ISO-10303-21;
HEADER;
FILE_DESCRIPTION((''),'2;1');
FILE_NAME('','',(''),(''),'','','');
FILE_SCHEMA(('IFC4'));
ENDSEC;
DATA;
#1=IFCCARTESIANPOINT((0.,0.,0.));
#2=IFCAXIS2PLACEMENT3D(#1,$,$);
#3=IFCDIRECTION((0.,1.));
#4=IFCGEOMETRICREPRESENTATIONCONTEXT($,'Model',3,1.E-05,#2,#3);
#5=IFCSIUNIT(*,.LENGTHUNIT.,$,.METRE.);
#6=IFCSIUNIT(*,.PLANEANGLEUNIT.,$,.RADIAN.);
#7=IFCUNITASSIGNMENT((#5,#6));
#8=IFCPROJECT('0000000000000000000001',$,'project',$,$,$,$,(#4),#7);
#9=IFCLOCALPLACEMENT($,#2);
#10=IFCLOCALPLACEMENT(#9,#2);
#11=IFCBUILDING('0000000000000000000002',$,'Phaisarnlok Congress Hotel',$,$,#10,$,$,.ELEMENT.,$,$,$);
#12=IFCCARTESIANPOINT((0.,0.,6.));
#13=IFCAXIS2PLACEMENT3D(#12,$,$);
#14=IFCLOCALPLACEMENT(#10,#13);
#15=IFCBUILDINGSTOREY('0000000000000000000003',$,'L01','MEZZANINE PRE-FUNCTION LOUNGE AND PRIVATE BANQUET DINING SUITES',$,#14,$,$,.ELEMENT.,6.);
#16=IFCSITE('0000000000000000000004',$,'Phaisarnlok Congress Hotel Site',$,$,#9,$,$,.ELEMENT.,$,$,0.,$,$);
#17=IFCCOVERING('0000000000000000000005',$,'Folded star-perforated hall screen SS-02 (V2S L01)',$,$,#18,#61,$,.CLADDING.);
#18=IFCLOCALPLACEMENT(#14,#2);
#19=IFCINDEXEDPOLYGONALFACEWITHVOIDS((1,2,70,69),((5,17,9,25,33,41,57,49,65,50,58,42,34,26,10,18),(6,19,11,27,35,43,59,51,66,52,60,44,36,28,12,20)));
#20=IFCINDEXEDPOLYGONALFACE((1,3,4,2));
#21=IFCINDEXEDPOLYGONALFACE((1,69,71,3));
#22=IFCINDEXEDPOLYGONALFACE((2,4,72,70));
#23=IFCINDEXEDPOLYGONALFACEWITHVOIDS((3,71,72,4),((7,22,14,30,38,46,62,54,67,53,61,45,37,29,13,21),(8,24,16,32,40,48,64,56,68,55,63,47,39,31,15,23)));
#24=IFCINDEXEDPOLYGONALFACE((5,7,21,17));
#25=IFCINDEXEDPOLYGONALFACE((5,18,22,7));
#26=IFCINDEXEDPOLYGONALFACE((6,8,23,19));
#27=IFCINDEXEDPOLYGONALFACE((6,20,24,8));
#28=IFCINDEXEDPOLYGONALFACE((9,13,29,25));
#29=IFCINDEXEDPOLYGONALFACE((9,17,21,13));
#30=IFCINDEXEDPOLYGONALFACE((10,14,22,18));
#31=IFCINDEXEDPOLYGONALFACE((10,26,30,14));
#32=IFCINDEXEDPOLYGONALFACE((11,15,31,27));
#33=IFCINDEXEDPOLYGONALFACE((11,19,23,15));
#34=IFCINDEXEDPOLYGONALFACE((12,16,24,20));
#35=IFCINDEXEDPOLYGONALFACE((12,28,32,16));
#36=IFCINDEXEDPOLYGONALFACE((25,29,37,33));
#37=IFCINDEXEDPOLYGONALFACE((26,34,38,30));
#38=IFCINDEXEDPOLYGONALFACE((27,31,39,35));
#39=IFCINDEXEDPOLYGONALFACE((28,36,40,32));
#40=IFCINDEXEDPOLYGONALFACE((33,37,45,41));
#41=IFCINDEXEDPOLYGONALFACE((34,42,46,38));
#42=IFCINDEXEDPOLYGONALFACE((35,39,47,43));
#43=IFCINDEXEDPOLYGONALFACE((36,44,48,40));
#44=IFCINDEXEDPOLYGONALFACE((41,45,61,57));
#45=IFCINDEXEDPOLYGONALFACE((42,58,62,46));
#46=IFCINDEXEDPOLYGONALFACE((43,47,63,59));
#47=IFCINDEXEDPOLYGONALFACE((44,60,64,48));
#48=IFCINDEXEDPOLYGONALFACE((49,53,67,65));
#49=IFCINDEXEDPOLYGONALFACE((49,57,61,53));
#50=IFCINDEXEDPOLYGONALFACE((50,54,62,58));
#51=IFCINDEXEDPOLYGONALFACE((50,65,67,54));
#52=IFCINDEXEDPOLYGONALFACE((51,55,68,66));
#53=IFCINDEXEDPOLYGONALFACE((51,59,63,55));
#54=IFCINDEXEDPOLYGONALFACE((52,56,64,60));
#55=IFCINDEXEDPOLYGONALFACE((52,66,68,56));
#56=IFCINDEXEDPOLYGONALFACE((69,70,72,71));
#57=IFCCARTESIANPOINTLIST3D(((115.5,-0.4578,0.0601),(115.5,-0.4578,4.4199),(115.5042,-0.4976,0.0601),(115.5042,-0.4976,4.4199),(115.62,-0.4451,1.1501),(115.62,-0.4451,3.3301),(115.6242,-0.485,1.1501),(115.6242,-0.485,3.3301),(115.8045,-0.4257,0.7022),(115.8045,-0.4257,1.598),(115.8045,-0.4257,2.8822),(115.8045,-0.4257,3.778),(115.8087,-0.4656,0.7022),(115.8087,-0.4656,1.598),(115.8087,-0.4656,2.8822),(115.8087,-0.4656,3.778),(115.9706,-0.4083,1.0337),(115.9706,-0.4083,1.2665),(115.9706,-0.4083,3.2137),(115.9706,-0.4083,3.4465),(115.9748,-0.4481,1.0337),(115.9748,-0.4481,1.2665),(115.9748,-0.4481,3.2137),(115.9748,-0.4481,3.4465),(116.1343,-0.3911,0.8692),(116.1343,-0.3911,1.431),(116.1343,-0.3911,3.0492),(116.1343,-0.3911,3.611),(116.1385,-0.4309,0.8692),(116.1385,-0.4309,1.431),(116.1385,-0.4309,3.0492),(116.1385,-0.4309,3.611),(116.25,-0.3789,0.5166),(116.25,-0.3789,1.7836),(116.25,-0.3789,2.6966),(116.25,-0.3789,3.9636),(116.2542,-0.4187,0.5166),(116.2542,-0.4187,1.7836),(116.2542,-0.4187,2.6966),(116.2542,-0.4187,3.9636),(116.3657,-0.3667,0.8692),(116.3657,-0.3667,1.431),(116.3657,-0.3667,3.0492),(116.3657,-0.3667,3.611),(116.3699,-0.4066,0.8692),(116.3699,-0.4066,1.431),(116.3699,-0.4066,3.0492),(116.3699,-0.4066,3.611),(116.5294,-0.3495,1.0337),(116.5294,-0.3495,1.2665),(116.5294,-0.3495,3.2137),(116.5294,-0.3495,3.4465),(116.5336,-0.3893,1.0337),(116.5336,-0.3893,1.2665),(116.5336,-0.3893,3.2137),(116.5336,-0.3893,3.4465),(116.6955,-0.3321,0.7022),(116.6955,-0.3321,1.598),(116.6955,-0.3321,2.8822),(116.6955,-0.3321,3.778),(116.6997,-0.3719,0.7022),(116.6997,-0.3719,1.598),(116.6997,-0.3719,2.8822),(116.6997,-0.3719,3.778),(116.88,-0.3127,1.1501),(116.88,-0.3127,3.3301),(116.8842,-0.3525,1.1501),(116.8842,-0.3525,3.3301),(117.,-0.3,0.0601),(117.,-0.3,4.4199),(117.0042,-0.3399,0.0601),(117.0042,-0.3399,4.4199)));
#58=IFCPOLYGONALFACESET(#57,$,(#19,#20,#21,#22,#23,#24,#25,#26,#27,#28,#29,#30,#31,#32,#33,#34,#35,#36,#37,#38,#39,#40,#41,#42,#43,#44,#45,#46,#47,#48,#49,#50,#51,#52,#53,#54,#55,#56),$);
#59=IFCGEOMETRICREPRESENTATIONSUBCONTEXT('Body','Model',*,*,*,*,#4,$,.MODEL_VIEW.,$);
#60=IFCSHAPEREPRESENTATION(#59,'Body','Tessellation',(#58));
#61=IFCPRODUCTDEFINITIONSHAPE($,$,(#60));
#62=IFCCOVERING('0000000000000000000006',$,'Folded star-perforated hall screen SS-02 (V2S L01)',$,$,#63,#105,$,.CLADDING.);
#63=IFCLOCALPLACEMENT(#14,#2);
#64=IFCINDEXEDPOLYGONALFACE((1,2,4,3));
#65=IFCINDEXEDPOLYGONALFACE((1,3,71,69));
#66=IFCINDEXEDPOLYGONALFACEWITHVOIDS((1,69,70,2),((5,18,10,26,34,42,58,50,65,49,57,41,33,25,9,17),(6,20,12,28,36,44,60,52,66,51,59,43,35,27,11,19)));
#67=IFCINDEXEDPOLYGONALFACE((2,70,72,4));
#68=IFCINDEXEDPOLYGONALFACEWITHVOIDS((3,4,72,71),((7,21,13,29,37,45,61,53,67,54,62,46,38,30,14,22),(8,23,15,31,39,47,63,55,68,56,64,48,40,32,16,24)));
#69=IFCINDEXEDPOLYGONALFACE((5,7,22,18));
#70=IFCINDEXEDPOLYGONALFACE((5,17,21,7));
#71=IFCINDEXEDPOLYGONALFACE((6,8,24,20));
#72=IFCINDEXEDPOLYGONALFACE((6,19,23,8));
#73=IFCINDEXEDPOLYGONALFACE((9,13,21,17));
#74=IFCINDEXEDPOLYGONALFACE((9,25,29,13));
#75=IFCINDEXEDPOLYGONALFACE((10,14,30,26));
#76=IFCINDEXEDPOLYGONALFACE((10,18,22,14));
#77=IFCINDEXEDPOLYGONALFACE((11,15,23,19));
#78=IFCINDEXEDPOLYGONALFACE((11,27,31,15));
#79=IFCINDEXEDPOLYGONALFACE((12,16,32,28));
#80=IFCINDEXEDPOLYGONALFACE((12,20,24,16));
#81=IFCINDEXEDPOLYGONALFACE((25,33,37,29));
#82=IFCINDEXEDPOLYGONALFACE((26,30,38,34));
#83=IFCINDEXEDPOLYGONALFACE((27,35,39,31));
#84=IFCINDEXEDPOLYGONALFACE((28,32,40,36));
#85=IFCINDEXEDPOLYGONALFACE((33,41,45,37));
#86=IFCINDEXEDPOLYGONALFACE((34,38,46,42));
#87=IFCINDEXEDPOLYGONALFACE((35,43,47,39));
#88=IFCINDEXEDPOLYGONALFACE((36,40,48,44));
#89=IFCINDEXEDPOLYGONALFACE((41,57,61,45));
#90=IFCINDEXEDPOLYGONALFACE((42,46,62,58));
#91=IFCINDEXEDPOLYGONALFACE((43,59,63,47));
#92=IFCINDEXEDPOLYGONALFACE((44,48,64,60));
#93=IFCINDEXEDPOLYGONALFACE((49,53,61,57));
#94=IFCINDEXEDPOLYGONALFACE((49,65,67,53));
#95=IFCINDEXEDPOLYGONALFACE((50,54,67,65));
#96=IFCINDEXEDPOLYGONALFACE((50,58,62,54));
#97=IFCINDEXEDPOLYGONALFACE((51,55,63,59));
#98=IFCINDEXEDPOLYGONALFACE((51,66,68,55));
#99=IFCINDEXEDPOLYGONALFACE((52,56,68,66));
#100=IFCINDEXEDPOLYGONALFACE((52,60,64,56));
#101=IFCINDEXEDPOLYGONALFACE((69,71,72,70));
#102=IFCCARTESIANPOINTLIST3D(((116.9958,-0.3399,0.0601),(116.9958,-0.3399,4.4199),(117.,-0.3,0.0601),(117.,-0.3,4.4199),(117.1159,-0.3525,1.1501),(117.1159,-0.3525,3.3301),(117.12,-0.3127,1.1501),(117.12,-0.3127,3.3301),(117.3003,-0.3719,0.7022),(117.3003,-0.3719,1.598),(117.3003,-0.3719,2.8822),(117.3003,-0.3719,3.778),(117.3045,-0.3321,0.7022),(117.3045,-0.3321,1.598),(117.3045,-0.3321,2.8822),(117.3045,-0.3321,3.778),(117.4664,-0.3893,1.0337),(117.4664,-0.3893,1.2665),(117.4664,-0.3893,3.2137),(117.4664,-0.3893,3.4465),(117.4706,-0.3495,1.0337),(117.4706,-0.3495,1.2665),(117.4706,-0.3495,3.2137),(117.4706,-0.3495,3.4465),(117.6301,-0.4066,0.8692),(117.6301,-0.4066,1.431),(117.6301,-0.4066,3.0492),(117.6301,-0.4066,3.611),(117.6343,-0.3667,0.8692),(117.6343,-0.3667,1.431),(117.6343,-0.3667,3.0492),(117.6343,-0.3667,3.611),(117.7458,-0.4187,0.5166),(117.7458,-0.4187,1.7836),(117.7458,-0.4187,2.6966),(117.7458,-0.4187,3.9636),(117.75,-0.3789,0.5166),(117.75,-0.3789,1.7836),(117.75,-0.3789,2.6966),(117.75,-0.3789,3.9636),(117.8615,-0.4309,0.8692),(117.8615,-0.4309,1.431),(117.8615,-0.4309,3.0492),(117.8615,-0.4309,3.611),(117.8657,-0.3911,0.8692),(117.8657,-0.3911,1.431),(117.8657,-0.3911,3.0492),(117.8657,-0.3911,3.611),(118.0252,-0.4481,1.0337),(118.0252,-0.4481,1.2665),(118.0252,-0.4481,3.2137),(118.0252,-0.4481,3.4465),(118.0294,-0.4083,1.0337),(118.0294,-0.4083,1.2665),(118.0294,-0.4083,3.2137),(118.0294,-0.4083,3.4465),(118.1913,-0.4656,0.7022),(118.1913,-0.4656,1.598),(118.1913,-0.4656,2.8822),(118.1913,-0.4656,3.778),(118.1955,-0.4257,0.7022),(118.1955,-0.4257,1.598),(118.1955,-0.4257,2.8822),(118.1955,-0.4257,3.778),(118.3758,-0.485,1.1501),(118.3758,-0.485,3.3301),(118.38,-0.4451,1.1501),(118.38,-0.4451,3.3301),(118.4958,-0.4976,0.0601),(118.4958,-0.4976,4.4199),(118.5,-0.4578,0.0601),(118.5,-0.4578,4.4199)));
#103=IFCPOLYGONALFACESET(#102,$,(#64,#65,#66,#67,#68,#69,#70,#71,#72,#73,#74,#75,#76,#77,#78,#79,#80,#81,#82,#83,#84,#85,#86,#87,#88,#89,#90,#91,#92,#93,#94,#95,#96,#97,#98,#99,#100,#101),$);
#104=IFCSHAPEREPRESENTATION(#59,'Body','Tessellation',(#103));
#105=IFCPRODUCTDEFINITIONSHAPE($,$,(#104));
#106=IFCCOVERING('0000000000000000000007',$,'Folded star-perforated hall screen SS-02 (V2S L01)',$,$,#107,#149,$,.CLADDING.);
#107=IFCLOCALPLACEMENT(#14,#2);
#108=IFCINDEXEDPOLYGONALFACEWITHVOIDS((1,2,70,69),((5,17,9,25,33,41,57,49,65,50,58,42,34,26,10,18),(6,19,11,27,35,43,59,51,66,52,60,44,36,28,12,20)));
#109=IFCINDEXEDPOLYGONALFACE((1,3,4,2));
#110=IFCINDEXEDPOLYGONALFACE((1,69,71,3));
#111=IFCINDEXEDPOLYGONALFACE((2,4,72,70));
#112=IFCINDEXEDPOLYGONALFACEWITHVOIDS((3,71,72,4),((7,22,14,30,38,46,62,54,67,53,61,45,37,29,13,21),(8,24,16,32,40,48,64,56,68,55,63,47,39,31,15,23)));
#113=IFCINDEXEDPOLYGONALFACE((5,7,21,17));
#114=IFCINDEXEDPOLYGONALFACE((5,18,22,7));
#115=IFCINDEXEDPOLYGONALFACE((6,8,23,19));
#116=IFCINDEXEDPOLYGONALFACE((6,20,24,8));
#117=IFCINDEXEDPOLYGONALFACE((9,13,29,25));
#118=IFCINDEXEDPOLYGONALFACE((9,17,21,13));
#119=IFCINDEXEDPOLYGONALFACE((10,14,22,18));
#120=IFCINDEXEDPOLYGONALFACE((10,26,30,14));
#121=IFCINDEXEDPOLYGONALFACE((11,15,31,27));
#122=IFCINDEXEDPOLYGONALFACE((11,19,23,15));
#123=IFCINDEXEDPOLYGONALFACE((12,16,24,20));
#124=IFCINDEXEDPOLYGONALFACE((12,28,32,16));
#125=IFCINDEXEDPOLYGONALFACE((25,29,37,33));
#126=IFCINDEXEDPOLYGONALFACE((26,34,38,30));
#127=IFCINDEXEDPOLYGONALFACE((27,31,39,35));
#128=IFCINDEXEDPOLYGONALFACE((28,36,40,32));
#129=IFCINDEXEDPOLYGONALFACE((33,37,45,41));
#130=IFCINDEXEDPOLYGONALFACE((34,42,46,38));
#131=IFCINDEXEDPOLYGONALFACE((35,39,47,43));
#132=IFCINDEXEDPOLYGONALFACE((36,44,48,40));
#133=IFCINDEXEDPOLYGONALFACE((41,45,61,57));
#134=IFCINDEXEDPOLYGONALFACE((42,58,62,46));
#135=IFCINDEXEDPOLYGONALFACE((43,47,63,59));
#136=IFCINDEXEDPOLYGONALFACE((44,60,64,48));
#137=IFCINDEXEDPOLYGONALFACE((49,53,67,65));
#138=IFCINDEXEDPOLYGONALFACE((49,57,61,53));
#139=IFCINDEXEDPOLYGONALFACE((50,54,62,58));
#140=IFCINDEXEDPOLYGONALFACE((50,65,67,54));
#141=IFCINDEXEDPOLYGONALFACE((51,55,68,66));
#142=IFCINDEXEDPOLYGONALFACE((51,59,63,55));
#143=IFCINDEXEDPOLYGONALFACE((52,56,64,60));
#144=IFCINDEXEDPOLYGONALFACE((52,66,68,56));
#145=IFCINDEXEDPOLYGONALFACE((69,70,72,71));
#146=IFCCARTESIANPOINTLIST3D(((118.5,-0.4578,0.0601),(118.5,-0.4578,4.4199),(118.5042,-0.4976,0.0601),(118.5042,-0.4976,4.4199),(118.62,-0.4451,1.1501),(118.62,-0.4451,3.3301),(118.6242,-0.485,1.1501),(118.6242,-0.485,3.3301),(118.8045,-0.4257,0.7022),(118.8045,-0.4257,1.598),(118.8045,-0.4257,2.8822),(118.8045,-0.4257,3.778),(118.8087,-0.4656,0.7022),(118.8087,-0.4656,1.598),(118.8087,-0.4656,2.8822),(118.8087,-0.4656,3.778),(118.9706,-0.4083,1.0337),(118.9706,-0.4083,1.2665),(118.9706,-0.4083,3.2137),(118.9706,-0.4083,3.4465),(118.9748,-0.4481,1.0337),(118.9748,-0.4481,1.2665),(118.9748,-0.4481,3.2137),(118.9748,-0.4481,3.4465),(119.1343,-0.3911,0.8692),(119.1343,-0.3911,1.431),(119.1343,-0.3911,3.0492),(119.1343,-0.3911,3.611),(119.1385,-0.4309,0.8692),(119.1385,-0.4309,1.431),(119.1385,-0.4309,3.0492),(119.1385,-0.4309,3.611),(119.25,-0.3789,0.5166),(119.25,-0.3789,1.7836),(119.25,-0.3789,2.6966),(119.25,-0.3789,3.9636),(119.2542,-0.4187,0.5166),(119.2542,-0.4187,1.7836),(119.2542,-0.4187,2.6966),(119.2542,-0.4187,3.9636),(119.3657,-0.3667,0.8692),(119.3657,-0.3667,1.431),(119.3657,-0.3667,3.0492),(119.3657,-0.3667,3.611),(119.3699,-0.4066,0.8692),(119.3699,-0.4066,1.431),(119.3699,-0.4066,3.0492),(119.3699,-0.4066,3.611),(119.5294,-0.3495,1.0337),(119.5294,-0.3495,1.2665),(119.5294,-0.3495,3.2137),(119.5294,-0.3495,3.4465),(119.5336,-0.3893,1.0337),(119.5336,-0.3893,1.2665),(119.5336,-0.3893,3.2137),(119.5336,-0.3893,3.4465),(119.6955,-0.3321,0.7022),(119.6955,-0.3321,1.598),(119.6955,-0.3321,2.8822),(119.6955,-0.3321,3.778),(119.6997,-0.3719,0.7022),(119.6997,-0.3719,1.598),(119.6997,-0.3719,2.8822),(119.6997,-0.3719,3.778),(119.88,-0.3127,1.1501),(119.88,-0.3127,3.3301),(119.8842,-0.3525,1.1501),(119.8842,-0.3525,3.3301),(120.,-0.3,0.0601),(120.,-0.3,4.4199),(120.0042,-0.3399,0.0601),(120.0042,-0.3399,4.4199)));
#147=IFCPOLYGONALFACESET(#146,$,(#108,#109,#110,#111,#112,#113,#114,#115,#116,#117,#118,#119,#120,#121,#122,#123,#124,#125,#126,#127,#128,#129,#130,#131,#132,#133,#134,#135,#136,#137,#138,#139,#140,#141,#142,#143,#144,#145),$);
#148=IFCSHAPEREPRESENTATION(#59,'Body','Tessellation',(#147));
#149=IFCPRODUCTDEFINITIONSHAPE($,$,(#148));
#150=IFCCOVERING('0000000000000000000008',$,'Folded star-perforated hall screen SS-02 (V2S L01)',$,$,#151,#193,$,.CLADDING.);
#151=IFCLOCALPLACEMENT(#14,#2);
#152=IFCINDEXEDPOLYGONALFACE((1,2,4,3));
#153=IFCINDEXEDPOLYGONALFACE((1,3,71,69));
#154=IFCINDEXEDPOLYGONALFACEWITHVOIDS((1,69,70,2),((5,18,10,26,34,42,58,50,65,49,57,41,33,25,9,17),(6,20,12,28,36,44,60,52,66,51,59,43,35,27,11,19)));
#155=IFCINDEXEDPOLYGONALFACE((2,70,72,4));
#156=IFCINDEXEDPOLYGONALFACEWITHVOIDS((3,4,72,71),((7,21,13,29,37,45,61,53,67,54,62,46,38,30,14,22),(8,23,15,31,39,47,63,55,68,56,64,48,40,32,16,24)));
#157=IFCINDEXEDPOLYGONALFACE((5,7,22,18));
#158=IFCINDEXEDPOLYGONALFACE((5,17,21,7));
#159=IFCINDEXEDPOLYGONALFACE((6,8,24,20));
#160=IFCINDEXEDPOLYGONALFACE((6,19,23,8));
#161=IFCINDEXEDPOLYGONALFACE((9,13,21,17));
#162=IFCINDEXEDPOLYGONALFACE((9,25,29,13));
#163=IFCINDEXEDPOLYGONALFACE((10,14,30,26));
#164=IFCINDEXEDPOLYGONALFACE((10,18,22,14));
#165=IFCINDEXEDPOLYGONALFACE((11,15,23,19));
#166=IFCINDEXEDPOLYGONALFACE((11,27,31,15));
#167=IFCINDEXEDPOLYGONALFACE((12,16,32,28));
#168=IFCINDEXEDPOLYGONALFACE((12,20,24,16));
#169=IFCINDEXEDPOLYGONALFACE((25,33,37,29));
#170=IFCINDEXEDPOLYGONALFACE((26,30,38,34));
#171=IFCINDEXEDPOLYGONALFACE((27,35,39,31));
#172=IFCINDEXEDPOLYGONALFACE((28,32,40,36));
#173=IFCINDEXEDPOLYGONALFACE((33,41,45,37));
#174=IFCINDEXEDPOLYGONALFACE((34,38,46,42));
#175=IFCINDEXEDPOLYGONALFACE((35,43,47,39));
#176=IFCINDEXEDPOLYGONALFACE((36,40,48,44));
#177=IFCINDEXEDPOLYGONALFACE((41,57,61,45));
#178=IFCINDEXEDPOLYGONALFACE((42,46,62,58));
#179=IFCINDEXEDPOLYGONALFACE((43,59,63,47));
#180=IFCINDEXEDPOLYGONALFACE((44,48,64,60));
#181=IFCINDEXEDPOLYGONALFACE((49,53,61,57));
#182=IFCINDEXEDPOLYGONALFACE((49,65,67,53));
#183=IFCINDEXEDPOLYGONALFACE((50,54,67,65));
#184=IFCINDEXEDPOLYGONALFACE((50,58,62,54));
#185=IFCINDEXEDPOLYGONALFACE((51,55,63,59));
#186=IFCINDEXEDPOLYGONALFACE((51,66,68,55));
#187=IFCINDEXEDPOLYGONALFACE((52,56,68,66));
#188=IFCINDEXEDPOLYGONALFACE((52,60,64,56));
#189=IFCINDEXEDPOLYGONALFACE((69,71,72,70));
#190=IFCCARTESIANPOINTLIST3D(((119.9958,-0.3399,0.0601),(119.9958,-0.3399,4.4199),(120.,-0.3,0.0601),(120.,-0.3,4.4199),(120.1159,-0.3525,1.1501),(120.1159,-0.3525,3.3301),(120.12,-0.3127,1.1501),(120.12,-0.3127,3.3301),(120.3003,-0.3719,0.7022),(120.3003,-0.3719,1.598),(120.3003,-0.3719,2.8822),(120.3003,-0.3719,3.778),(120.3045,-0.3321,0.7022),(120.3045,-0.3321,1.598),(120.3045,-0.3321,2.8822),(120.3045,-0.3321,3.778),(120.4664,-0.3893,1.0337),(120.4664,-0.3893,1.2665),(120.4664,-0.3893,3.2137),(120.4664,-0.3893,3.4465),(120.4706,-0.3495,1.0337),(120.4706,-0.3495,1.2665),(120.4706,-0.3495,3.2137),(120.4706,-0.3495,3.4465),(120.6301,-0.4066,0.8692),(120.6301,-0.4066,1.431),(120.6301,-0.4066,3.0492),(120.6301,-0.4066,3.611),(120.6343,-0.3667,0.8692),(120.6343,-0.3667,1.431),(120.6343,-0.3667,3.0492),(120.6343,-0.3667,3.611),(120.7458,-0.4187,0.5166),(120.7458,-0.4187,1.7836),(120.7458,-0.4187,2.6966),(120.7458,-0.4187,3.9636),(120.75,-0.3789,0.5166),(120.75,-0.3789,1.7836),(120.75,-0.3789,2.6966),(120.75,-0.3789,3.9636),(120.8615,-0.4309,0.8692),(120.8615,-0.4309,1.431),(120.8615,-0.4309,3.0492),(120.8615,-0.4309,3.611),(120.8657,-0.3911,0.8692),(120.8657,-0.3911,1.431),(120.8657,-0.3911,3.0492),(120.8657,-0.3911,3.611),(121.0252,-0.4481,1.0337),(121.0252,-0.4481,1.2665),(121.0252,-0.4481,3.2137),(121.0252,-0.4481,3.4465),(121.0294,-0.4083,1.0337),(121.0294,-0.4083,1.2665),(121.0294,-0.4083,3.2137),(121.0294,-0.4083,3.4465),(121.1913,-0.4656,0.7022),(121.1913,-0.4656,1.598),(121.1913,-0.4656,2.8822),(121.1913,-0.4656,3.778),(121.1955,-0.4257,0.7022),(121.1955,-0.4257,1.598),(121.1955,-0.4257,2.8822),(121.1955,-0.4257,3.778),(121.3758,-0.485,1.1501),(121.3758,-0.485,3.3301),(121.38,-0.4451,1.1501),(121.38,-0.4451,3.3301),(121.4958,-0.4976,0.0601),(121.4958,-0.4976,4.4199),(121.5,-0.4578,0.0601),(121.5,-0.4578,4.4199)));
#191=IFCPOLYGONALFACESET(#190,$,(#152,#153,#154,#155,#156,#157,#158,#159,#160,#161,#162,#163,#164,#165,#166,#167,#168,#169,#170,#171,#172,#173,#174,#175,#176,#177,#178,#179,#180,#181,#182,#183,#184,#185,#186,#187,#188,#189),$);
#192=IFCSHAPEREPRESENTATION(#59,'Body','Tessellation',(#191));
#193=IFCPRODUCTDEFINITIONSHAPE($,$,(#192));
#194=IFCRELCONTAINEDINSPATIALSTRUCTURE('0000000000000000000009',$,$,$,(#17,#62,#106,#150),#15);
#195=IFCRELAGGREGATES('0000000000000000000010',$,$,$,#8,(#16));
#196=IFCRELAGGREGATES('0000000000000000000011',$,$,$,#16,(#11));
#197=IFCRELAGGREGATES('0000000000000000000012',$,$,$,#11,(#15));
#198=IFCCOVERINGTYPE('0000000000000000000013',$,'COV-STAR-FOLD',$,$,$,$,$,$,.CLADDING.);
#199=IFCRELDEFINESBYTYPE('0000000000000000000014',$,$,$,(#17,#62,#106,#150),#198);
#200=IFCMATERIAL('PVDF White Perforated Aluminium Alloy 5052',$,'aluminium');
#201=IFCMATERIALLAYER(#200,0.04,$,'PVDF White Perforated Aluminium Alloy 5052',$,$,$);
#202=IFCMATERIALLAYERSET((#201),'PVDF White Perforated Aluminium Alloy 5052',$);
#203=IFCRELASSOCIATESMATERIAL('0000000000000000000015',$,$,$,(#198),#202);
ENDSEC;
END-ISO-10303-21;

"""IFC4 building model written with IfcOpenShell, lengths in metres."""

from ifc_helpers import new_model, si_unit, direction, frame, origin, place, context, subcontext, project, spatial, polyline, outline, extrude, material, layer, layer_set, type_object, element, save


model = new_model("IFC4")

# Units and contexts
model_context = context("Model", 3, precision=1e-05, world=origin(), true_north=direction((0.0, 1.0)))
body_context = subcontext(model_context, "Body", "Model", "MODEL_VIEW")
ifc_project = project(units=[si_unit("LENGTHUNIT", "METRE"), si_unit("PLANEANGLEUNIT", "RADIAN")], contexts=[model_context])

# Site, building, storey
site_placement = place(None, origin())
site = spatial("IfcSite", under=ifc_project, at=site_placement, Name="Phaisarnlok Congress Hotel Site", CompositionType="ELEMENT", RefElevation=0.0)
building_placement = place(site_placement, origin())
building = spatial("IfcBuilding", under=site, at=building_placement, Name="Phaisarnlok Congress Hotel", CompositionType="ELEMENT")
storey_placement = place(building_placement, frame((0.0, 0.0, 6.0)))
storey = spatial("IfcBuildingStorey", under=building, at=storey_placement, Name="L01", Description="MEZZANINE PRE-FUNCTION LOUNGE AND PRIVATE BANQUET DINING SUITES", CompositionType="ELEMENT", Elevation=6.0)

# Coverings
ifc_material_1 = material(Name="PVDF White Perforated Aluminium Alloy 5052", Category="aluminium")
ifc_layer = layer(ifc_material_1, 0.04, Name="PVDF White Perforated Aluminium Alloy 5052")
ifc_layer_set = layer_set([ifc_layer], Name="PVDF White Perforated Aluminium Alloy 5052")
covering_type = type_object("IfcCoveringType", Name="COV-STAR-FOLD", PredefinedType="CLADDING", material=ifc_layer_set)
for number, where, z_axis, x_axis, name in (
    (1, (115.5, -0.4578, 0.0601), (0.104567, -0.994518, 0.0), (0.994518, 0.104567, 0.0), "Folded star-perforated hall screen SS-02 (V2S L01)"),
    (2, (117.0, -0.3, 0.0601), (-0.104567, -0.994518, 0.0), (0.994518, -0.104567, 0.0), "Folded star-perforated hall screen SS-02 (V2S L01)"),
    (3, (118.5, -0.4578, 0.0601), (0.104567, -0.994518, 0.0), (0.994518, 0.104567, 0.0), "Folded star-perforated hall screen SS-02 (V2S L01)"),
    (4, (120.0, -0.3, 0.0601), (-0.104567, -0.994518, 0.0), (0.994518, -0.104567, 0.0), "Folded star-perforated hall screen SS-02 (V2S L01)"),
):
    element("IfcCovering", number, at=place(storey_placement, frame(where, z_axis=z_axis, x_axis=x_axis)), inside=storey, type_object=covering_type, Name=name, PredefinedType="CLADDING", context=body_context, shape_type="SweptSolid", body=[
        extrude(outline(polyline([(0.0, 0.0), (1.5083, 0.0), (1.5083, 4.3599), (0.0, 4.3599), (0.0, 0.0)]), holes=[polyline([(1.0351, 0.9736), (1.2021, 0.6421), (0.8705, 0.8091), (0.7541, 0.4565), (0.6378, 0.8091), (0.3062, 0.6421), (0.4732, 0.9736), (0.1207, 1.09), (0.4732, 1.2064), (0.3062, 1.5379), (0.6378, 1.3709), (0.7541, 1.7235), (0.8705, 1.3709), (1.2021, 1.5379), (1.0351, 1.2064), (1.3876, 1.09), (1.0351, 0.9736)]), polyline([(1.0351, 3.1536), (1.2021, 2.8221), (0.8705, 2.9891), (0.7541, 2.6365), (0.6378, 2.9891), (0.3062, 2.8221), (0.4732, 3.1536), (0.1207, 3.27), (0.4732, 3.3864), (0.3062, 3.7179), (0.6378, 3.5509), (0.7541, 3.9035), (0.8705, 3.5509), (1.2021, 3.7179), (1.0351, 3.3864), (1.3876, 3.27), (1.0351, 3.1536)])]), origin(), (0.0, 0.0, 1.0), 0.04),
    ])

save(model, "model.ifc")
